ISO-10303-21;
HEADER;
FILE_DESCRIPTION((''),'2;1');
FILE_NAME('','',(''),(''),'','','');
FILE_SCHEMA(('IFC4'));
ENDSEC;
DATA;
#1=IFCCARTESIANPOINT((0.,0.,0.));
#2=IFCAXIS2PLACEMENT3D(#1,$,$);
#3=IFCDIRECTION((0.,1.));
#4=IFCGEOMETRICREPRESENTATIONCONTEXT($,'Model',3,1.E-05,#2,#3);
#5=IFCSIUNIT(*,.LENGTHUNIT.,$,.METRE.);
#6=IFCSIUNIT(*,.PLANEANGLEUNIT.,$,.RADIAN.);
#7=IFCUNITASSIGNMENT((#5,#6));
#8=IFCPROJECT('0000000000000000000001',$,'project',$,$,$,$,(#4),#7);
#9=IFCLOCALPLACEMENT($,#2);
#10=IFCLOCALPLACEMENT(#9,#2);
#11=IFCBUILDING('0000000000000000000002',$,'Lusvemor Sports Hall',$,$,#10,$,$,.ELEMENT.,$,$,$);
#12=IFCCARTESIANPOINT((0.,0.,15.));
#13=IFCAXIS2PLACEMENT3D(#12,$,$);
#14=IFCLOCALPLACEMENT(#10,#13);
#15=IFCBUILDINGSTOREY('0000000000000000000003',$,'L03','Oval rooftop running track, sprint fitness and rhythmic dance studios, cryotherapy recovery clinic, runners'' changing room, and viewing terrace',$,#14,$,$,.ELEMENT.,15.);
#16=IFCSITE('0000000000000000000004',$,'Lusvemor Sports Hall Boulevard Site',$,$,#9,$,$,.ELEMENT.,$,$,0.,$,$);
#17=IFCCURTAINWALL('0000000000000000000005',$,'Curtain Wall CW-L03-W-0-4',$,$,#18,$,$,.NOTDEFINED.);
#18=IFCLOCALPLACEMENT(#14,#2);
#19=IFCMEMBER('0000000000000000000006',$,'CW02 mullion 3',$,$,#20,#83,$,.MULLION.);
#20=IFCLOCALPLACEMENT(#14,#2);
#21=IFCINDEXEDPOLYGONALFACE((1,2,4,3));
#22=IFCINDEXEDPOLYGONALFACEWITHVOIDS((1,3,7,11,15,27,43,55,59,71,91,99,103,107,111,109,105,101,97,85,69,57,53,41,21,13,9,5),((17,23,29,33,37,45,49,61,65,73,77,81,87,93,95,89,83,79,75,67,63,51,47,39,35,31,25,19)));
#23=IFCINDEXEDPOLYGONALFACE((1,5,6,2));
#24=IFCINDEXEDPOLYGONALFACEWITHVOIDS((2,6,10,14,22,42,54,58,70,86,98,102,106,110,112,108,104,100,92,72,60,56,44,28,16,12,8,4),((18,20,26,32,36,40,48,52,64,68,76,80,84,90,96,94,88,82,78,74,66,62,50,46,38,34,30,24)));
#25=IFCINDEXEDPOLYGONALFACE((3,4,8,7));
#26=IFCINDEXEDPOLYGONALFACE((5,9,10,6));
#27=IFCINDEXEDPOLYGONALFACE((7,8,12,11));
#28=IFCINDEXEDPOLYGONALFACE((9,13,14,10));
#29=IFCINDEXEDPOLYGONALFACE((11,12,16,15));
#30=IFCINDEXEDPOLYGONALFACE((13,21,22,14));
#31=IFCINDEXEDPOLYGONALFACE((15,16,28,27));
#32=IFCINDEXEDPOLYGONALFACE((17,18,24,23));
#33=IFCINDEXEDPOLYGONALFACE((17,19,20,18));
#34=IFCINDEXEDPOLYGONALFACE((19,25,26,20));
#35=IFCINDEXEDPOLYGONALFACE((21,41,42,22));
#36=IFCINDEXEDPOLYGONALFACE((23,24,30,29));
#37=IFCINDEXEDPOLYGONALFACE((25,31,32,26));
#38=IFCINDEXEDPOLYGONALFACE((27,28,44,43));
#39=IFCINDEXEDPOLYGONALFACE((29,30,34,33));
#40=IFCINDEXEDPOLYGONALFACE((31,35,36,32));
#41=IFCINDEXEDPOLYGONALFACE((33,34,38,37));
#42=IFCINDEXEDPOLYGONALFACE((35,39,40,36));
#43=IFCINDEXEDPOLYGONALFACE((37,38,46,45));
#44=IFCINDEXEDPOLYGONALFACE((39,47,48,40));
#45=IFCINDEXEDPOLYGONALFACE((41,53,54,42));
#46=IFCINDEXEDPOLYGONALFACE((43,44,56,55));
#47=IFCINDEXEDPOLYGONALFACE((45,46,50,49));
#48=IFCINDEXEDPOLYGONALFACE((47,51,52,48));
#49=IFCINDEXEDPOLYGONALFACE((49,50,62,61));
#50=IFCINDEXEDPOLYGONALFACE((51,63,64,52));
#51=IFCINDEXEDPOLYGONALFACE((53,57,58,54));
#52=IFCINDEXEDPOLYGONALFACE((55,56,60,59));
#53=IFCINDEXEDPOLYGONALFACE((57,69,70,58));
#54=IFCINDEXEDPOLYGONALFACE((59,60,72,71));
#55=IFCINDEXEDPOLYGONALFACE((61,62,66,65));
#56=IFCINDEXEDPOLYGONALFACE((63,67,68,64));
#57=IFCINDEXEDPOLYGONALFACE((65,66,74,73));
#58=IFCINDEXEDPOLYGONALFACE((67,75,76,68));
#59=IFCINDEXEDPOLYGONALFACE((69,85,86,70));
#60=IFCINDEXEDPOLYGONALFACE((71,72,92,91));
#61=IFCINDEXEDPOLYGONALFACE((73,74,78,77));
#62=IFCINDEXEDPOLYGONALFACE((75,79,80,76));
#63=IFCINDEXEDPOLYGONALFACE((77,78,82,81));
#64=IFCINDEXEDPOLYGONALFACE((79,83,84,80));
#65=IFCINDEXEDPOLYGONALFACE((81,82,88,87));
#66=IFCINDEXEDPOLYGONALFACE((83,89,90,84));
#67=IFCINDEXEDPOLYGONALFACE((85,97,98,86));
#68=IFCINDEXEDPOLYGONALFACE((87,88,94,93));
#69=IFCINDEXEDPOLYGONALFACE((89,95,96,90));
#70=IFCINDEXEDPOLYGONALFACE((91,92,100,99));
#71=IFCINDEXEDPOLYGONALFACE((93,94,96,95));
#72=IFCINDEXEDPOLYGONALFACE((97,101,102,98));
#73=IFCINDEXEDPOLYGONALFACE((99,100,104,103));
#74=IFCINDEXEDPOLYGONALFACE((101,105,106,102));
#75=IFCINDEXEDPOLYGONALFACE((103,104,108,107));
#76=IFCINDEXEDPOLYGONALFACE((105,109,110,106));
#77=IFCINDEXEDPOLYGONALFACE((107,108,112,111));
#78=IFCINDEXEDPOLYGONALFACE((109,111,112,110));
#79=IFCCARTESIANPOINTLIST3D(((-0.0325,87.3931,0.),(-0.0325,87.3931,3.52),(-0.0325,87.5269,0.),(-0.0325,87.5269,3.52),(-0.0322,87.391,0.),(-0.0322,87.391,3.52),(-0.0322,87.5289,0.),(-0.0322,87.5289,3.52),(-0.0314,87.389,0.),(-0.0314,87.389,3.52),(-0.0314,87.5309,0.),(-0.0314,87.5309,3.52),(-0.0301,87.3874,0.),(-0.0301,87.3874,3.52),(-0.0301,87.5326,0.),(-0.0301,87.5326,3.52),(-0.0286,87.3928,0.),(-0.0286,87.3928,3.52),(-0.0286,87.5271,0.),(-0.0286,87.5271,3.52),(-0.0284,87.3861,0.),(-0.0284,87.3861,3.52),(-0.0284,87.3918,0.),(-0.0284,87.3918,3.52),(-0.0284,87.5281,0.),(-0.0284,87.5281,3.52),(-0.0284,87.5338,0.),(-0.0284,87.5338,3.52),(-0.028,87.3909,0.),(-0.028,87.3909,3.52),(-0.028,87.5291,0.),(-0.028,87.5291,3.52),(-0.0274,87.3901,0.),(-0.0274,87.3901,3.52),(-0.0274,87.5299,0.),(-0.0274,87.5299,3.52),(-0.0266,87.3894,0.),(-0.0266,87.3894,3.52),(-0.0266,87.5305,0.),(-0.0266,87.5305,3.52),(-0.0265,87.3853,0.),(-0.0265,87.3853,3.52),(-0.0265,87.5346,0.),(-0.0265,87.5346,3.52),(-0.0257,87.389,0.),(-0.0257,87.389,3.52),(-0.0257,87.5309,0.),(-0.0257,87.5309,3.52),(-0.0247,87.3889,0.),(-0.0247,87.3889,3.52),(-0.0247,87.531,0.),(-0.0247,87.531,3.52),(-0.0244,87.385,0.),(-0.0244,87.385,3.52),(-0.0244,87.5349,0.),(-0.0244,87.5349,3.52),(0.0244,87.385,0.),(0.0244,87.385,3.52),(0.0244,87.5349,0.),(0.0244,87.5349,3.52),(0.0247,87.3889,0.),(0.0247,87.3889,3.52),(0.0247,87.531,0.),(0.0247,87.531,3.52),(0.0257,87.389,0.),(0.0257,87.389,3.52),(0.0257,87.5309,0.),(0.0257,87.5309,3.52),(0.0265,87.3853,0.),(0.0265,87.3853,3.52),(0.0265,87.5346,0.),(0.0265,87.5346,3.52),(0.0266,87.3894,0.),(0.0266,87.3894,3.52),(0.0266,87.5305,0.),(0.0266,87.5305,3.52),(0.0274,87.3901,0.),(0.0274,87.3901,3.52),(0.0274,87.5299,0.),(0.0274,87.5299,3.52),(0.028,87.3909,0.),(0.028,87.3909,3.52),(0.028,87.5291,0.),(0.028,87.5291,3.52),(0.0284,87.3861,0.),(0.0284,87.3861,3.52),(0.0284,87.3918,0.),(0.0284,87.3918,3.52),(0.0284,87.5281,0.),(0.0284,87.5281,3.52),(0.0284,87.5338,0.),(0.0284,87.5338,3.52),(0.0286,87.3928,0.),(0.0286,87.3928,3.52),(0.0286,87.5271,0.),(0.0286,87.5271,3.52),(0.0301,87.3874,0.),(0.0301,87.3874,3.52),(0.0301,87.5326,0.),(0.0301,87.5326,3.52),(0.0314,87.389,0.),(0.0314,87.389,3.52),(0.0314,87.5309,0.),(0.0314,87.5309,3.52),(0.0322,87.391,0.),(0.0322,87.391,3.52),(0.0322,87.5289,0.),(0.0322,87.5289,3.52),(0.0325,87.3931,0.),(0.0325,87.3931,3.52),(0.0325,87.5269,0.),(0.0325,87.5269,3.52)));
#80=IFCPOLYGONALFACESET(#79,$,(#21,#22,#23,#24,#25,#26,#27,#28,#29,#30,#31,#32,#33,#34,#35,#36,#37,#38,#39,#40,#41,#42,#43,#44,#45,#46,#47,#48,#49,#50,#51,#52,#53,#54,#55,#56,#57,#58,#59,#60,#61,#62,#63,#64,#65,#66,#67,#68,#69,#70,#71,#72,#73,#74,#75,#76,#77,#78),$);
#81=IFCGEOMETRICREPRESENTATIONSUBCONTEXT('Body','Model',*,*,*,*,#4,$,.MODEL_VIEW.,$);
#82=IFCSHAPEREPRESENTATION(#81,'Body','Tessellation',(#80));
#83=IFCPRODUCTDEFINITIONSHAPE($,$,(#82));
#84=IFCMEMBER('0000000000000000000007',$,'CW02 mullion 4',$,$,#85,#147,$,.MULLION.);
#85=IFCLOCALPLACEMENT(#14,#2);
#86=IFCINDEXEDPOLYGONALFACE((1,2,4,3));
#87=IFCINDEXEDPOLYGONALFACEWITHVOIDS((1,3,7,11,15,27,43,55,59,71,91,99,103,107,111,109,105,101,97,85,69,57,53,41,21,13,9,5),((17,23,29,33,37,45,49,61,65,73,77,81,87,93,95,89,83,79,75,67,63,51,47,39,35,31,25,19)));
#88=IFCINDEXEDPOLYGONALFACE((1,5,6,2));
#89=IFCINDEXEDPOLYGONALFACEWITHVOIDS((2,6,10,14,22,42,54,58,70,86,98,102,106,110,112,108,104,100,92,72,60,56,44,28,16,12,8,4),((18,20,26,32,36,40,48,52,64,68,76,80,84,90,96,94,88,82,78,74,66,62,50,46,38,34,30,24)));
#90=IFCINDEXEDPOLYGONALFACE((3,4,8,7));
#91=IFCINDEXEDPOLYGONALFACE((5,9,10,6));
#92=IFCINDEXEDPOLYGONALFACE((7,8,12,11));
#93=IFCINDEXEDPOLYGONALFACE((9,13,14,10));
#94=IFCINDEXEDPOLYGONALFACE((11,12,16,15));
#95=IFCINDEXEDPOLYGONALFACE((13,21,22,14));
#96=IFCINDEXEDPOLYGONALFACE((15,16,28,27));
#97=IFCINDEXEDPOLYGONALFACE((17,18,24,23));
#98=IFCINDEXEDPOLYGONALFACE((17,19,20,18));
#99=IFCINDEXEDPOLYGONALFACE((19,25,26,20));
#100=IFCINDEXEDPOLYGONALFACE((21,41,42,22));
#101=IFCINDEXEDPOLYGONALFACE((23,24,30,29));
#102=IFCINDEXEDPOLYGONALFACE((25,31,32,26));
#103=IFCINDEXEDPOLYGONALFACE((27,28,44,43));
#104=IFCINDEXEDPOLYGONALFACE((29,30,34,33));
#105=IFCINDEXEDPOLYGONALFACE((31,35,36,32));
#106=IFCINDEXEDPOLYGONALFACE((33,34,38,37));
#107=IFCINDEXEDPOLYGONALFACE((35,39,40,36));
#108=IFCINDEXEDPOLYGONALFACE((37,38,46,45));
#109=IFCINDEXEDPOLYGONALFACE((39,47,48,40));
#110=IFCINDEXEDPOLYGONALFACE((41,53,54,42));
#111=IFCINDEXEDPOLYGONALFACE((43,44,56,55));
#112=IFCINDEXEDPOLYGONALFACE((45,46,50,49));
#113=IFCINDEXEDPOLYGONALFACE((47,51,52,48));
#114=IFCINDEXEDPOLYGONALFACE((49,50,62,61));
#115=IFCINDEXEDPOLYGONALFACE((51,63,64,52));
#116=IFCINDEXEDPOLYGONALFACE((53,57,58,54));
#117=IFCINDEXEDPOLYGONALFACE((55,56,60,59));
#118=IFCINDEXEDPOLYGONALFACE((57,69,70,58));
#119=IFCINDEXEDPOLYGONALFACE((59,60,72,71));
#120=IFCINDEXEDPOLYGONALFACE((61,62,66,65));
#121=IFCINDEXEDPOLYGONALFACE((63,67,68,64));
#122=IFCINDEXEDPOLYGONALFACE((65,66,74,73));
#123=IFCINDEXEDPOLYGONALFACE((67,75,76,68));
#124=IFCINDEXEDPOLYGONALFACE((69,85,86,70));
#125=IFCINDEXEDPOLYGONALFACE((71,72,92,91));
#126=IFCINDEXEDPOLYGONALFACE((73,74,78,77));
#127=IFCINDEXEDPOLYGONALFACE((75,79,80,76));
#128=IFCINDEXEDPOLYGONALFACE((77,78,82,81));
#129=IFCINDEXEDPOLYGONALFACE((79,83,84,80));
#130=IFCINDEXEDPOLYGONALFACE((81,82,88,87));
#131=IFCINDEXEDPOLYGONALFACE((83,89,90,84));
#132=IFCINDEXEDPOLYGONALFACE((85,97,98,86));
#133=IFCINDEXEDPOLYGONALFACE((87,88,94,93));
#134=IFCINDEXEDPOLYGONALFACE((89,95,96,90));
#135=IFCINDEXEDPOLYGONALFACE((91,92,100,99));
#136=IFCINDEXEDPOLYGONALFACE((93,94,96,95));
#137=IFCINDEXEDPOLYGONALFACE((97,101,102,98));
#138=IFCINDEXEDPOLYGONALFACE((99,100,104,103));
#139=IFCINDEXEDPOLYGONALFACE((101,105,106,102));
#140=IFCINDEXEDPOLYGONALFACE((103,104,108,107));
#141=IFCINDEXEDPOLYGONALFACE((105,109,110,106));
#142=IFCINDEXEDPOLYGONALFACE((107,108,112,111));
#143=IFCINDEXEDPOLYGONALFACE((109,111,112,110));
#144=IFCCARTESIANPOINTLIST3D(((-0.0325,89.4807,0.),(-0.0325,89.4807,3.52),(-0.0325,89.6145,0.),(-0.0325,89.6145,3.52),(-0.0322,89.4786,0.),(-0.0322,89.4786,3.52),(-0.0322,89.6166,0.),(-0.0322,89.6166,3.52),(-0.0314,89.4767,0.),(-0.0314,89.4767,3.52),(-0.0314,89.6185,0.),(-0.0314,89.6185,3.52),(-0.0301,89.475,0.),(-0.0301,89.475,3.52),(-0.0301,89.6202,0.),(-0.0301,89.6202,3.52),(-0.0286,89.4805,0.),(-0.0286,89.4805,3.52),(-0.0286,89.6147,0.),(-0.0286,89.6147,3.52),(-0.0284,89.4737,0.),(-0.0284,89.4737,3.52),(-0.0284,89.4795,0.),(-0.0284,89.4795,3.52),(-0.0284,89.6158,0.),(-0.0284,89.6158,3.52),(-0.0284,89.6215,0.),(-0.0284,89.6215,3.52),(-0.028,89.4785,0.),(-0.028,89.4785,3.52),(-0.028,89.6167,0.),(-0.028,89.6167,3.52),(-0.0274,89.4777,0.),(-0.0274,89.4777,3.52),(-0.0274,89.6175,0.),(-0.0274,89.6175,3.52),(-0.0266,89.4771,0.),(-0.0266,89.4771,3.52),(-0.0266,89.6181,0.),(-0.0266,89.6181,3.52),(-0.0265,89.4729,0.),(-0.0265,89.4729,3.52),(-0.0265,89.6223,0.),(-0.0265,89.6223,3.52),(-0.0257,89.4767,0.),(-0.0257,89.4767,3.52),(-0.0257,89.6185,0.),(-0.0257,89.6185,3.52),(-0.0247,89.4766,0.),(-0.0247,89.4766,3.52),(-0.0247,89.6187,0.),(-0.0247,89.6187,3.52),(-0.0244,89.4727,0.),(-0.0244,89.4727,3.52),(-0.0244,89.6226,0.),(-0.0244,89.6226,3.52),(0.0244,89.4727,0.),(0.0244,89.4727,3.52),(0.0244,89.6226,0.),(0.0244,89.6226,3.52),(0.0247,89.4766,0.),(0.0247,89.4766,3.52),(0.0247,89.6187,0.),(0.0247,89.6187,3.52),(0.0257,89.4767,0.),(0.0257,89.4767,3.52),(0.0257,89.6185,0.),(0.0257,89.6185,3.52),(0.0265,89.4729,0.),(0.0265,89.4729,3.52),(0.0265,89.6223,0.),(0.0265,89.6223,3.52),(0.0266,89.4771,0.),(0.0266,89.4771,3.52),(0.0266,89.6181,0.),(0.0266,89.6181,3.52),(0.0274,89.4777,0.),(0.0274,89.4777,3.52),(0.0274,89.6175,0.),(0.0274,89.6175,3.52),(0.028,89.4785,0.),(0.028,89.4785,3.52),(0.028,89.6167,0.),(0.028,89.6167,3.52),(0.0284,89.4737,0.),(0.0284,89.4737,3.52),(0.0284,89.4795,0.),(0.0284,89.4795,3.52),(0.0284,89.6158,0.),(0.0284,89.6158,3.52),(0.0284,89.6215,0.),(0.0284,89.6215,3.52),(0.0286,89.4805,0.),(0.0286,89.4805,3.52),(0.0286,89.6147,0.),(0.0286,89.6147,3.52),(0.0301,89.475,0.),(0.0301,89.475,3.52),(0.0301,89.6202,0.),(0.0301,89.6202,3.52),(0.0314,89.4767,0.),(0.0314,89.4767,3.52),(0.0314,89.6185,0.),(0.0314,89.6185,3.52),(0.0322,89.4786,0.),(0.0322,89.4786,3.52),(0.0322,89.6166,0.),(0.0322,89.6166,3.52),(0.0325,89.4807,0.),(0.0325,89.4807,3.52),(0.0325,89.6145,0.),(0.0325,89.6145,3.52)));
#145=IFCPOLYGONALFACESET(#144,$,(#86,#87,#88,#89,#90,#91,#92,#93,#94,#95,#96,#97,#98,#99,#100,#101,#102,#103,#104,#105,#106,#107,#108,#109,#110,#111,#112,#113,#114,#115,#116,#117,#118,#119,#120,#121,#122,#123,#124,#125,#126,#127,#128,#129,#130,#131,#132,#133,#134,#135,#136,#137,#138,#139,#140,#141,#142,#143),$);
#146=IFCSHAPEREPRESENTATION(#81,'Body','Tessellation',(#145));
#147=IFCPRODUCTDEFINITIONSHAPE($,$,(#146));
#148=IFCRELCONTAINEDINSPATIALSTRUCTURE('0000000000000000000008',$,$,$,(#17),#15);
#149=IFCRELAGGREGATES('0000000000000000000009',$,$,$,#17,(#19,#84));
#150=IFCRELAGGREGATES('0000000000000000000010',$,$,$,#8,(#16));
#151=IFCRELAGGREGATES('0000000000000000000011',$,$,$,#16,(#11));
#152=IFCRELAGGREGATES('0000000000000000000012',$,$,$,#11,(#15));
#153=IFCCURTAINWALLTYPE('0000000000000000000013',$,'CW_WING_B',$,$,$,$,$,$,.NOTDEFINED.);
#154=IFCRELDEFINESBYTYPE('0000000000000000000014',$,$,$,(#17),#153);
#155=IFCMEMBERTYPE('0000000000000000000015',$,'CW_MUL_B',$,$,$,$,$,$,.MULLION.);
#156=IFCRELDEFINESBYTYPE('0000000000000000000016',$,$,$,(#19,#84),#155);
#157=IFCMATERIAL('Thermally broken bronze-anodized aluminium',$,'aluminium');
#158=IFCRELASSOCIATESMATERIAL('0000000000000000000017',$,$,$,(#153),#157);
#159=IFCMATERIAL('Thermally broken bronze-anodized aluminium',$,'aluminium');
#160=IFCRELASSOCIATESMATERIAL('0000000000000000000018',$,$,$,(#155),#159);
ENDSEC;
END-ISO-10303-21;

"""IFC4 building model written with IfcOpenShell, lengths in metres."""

from ifc_helpers import new_model, si_unit, direction, frame, origin, origin_2d, place, context, subcontext, project, spatial, hollow_rectangle, extrude, material, material_profile, profile_set, type_object, element, aggregate, save


model = new_model("IFC4")

# Units and contexts
model_context = context("Model", 3, precision=1e-05, world=origin(), true_north=direction((0.0, 1.0)))
body_context = subcontext(model_context, "Body", "Model", "MODEL_VIEW")
ifc_project = project(units=[si_unit("LENGTHUNIT", "METRE"), si_unit("PLANEANGLEUNIT", "RADIAN")], contexts=[model_context])

# Site, building, storey
site_placement = place(None, origin())
site = spatial("IfcSite", under=ifc_project, at=site_placement, Name="Lusvemor Sports Hall Boulevard Site", CompositionType="ELEMENT", RefElevation=0.0)
building_placement = place(site_placement, origin())
building = spatial("IfcBuilding", under=site, at=building_placement, Name="Lusvemor Sports Hall", CompositionType="ELEMENT")
storey_placement = place(building_placement, frame((0.0, 0.0, 15.0)))
storey = spatial("IfcBuildingStorey", under=building, at=storey_placement, Name="L03", Description="Oval rooftop running track, sprint fitness and rhythmic dance studios, cryotherapy recovery clinic, runners' changing room, and viewing terrace", CompositionType="ELEMENT", Elevation=15.0)

# Curtain wall, members
ifc_material_1 = material(Name="Thermally broken bronze-anodized aluminium", Category="aluminium")
curtain_wall_type_1 = type_object("IfcCurtainWallType", Name="CW_WING_B", PredefinedType="NOTDEFINED", material=ifc_material_1)
curtain_wall_1_placement = place(storey_placement, origin())
curtain_wall_1 = element("IfcCurtainWall", 1, at=curtain_wall_1_placement, inside=storey, type_object=curtain_wall_type_1, Name="Curtain Wall CW-L03-W-0-4", PredefinedType="NOTDEFINED")
ifc_material_2 = material(Name="Thermally broken bronze-anodized aluminium", Category="aluminium")
ifc_material_profile_1 = material_profile(ifc_material_2, hollow_rectangle(XDim=0.0649, YDim=0.1499, WallThickness=0.0039, InnerFilletRadius=0.0039, OuterFilletRadius=0.0081, at=origin_2d()), Name="CWMUL150x65x4")
ifc_profile_set_1 = profile_set([ifc_material_profile_1], Name="Thermally broken bronze-anodized aluminium")
member_type_1 = type_object("IfcMemberType", Name="CW_MUL_B", PredefinedType="MULLION", material=ifc_profile_set_1)
member_1_placement = place(storey_placement, frame((0.0, 87.46, 0.0), z_axis=(0.0, 0.0, 1.0), x_axis=(-1.0, 0.0, 0.0)))
member_1 = element("IfcMember", 2, at=member_1_placement, type_object=member_type_1, Name="CW02 mullion 3", PredefinedType="MULLION", context=body_context, shape_type="SweptSolid", body=[
    extrude(hollow_rectangle(XDim=0.0649, YDim=0.1499, WallThickness=0.0039, InnerFilletRadius=0.0039, OuterFilletRadius=0.0081, at=origin_2d()), origin(), (0.0, 0.0, 1.0), 3.52),
])
member_2_placement = place(storey_placement, frame((0.0, 89.5476, 0.0), z_axis=(0.0, 0.0, 1.0), x_axis=(-1.0, 0.0, 0.0)))
member_2 = element("IfcMember", 3, at=member_2_placement, type_object=member_type_1, Name="CW02 mullion 4", PredefinedType="MULLION", context=body_context, shape_type="SweptSolid", body=[
    extrude(hollow_rectangle(XDim=0.0649, YDim=0.1499, WallThickness=0.0039, InnerFilletRadius=0.0039, OuterFilletRadius=0.0081, at=origin_2d()), origin(), (0.0, 0.0, 1.0), 3.52),
])

aggregate(curtain_wall_1, [member_1, member_2])

save(model, "model.ifc")
